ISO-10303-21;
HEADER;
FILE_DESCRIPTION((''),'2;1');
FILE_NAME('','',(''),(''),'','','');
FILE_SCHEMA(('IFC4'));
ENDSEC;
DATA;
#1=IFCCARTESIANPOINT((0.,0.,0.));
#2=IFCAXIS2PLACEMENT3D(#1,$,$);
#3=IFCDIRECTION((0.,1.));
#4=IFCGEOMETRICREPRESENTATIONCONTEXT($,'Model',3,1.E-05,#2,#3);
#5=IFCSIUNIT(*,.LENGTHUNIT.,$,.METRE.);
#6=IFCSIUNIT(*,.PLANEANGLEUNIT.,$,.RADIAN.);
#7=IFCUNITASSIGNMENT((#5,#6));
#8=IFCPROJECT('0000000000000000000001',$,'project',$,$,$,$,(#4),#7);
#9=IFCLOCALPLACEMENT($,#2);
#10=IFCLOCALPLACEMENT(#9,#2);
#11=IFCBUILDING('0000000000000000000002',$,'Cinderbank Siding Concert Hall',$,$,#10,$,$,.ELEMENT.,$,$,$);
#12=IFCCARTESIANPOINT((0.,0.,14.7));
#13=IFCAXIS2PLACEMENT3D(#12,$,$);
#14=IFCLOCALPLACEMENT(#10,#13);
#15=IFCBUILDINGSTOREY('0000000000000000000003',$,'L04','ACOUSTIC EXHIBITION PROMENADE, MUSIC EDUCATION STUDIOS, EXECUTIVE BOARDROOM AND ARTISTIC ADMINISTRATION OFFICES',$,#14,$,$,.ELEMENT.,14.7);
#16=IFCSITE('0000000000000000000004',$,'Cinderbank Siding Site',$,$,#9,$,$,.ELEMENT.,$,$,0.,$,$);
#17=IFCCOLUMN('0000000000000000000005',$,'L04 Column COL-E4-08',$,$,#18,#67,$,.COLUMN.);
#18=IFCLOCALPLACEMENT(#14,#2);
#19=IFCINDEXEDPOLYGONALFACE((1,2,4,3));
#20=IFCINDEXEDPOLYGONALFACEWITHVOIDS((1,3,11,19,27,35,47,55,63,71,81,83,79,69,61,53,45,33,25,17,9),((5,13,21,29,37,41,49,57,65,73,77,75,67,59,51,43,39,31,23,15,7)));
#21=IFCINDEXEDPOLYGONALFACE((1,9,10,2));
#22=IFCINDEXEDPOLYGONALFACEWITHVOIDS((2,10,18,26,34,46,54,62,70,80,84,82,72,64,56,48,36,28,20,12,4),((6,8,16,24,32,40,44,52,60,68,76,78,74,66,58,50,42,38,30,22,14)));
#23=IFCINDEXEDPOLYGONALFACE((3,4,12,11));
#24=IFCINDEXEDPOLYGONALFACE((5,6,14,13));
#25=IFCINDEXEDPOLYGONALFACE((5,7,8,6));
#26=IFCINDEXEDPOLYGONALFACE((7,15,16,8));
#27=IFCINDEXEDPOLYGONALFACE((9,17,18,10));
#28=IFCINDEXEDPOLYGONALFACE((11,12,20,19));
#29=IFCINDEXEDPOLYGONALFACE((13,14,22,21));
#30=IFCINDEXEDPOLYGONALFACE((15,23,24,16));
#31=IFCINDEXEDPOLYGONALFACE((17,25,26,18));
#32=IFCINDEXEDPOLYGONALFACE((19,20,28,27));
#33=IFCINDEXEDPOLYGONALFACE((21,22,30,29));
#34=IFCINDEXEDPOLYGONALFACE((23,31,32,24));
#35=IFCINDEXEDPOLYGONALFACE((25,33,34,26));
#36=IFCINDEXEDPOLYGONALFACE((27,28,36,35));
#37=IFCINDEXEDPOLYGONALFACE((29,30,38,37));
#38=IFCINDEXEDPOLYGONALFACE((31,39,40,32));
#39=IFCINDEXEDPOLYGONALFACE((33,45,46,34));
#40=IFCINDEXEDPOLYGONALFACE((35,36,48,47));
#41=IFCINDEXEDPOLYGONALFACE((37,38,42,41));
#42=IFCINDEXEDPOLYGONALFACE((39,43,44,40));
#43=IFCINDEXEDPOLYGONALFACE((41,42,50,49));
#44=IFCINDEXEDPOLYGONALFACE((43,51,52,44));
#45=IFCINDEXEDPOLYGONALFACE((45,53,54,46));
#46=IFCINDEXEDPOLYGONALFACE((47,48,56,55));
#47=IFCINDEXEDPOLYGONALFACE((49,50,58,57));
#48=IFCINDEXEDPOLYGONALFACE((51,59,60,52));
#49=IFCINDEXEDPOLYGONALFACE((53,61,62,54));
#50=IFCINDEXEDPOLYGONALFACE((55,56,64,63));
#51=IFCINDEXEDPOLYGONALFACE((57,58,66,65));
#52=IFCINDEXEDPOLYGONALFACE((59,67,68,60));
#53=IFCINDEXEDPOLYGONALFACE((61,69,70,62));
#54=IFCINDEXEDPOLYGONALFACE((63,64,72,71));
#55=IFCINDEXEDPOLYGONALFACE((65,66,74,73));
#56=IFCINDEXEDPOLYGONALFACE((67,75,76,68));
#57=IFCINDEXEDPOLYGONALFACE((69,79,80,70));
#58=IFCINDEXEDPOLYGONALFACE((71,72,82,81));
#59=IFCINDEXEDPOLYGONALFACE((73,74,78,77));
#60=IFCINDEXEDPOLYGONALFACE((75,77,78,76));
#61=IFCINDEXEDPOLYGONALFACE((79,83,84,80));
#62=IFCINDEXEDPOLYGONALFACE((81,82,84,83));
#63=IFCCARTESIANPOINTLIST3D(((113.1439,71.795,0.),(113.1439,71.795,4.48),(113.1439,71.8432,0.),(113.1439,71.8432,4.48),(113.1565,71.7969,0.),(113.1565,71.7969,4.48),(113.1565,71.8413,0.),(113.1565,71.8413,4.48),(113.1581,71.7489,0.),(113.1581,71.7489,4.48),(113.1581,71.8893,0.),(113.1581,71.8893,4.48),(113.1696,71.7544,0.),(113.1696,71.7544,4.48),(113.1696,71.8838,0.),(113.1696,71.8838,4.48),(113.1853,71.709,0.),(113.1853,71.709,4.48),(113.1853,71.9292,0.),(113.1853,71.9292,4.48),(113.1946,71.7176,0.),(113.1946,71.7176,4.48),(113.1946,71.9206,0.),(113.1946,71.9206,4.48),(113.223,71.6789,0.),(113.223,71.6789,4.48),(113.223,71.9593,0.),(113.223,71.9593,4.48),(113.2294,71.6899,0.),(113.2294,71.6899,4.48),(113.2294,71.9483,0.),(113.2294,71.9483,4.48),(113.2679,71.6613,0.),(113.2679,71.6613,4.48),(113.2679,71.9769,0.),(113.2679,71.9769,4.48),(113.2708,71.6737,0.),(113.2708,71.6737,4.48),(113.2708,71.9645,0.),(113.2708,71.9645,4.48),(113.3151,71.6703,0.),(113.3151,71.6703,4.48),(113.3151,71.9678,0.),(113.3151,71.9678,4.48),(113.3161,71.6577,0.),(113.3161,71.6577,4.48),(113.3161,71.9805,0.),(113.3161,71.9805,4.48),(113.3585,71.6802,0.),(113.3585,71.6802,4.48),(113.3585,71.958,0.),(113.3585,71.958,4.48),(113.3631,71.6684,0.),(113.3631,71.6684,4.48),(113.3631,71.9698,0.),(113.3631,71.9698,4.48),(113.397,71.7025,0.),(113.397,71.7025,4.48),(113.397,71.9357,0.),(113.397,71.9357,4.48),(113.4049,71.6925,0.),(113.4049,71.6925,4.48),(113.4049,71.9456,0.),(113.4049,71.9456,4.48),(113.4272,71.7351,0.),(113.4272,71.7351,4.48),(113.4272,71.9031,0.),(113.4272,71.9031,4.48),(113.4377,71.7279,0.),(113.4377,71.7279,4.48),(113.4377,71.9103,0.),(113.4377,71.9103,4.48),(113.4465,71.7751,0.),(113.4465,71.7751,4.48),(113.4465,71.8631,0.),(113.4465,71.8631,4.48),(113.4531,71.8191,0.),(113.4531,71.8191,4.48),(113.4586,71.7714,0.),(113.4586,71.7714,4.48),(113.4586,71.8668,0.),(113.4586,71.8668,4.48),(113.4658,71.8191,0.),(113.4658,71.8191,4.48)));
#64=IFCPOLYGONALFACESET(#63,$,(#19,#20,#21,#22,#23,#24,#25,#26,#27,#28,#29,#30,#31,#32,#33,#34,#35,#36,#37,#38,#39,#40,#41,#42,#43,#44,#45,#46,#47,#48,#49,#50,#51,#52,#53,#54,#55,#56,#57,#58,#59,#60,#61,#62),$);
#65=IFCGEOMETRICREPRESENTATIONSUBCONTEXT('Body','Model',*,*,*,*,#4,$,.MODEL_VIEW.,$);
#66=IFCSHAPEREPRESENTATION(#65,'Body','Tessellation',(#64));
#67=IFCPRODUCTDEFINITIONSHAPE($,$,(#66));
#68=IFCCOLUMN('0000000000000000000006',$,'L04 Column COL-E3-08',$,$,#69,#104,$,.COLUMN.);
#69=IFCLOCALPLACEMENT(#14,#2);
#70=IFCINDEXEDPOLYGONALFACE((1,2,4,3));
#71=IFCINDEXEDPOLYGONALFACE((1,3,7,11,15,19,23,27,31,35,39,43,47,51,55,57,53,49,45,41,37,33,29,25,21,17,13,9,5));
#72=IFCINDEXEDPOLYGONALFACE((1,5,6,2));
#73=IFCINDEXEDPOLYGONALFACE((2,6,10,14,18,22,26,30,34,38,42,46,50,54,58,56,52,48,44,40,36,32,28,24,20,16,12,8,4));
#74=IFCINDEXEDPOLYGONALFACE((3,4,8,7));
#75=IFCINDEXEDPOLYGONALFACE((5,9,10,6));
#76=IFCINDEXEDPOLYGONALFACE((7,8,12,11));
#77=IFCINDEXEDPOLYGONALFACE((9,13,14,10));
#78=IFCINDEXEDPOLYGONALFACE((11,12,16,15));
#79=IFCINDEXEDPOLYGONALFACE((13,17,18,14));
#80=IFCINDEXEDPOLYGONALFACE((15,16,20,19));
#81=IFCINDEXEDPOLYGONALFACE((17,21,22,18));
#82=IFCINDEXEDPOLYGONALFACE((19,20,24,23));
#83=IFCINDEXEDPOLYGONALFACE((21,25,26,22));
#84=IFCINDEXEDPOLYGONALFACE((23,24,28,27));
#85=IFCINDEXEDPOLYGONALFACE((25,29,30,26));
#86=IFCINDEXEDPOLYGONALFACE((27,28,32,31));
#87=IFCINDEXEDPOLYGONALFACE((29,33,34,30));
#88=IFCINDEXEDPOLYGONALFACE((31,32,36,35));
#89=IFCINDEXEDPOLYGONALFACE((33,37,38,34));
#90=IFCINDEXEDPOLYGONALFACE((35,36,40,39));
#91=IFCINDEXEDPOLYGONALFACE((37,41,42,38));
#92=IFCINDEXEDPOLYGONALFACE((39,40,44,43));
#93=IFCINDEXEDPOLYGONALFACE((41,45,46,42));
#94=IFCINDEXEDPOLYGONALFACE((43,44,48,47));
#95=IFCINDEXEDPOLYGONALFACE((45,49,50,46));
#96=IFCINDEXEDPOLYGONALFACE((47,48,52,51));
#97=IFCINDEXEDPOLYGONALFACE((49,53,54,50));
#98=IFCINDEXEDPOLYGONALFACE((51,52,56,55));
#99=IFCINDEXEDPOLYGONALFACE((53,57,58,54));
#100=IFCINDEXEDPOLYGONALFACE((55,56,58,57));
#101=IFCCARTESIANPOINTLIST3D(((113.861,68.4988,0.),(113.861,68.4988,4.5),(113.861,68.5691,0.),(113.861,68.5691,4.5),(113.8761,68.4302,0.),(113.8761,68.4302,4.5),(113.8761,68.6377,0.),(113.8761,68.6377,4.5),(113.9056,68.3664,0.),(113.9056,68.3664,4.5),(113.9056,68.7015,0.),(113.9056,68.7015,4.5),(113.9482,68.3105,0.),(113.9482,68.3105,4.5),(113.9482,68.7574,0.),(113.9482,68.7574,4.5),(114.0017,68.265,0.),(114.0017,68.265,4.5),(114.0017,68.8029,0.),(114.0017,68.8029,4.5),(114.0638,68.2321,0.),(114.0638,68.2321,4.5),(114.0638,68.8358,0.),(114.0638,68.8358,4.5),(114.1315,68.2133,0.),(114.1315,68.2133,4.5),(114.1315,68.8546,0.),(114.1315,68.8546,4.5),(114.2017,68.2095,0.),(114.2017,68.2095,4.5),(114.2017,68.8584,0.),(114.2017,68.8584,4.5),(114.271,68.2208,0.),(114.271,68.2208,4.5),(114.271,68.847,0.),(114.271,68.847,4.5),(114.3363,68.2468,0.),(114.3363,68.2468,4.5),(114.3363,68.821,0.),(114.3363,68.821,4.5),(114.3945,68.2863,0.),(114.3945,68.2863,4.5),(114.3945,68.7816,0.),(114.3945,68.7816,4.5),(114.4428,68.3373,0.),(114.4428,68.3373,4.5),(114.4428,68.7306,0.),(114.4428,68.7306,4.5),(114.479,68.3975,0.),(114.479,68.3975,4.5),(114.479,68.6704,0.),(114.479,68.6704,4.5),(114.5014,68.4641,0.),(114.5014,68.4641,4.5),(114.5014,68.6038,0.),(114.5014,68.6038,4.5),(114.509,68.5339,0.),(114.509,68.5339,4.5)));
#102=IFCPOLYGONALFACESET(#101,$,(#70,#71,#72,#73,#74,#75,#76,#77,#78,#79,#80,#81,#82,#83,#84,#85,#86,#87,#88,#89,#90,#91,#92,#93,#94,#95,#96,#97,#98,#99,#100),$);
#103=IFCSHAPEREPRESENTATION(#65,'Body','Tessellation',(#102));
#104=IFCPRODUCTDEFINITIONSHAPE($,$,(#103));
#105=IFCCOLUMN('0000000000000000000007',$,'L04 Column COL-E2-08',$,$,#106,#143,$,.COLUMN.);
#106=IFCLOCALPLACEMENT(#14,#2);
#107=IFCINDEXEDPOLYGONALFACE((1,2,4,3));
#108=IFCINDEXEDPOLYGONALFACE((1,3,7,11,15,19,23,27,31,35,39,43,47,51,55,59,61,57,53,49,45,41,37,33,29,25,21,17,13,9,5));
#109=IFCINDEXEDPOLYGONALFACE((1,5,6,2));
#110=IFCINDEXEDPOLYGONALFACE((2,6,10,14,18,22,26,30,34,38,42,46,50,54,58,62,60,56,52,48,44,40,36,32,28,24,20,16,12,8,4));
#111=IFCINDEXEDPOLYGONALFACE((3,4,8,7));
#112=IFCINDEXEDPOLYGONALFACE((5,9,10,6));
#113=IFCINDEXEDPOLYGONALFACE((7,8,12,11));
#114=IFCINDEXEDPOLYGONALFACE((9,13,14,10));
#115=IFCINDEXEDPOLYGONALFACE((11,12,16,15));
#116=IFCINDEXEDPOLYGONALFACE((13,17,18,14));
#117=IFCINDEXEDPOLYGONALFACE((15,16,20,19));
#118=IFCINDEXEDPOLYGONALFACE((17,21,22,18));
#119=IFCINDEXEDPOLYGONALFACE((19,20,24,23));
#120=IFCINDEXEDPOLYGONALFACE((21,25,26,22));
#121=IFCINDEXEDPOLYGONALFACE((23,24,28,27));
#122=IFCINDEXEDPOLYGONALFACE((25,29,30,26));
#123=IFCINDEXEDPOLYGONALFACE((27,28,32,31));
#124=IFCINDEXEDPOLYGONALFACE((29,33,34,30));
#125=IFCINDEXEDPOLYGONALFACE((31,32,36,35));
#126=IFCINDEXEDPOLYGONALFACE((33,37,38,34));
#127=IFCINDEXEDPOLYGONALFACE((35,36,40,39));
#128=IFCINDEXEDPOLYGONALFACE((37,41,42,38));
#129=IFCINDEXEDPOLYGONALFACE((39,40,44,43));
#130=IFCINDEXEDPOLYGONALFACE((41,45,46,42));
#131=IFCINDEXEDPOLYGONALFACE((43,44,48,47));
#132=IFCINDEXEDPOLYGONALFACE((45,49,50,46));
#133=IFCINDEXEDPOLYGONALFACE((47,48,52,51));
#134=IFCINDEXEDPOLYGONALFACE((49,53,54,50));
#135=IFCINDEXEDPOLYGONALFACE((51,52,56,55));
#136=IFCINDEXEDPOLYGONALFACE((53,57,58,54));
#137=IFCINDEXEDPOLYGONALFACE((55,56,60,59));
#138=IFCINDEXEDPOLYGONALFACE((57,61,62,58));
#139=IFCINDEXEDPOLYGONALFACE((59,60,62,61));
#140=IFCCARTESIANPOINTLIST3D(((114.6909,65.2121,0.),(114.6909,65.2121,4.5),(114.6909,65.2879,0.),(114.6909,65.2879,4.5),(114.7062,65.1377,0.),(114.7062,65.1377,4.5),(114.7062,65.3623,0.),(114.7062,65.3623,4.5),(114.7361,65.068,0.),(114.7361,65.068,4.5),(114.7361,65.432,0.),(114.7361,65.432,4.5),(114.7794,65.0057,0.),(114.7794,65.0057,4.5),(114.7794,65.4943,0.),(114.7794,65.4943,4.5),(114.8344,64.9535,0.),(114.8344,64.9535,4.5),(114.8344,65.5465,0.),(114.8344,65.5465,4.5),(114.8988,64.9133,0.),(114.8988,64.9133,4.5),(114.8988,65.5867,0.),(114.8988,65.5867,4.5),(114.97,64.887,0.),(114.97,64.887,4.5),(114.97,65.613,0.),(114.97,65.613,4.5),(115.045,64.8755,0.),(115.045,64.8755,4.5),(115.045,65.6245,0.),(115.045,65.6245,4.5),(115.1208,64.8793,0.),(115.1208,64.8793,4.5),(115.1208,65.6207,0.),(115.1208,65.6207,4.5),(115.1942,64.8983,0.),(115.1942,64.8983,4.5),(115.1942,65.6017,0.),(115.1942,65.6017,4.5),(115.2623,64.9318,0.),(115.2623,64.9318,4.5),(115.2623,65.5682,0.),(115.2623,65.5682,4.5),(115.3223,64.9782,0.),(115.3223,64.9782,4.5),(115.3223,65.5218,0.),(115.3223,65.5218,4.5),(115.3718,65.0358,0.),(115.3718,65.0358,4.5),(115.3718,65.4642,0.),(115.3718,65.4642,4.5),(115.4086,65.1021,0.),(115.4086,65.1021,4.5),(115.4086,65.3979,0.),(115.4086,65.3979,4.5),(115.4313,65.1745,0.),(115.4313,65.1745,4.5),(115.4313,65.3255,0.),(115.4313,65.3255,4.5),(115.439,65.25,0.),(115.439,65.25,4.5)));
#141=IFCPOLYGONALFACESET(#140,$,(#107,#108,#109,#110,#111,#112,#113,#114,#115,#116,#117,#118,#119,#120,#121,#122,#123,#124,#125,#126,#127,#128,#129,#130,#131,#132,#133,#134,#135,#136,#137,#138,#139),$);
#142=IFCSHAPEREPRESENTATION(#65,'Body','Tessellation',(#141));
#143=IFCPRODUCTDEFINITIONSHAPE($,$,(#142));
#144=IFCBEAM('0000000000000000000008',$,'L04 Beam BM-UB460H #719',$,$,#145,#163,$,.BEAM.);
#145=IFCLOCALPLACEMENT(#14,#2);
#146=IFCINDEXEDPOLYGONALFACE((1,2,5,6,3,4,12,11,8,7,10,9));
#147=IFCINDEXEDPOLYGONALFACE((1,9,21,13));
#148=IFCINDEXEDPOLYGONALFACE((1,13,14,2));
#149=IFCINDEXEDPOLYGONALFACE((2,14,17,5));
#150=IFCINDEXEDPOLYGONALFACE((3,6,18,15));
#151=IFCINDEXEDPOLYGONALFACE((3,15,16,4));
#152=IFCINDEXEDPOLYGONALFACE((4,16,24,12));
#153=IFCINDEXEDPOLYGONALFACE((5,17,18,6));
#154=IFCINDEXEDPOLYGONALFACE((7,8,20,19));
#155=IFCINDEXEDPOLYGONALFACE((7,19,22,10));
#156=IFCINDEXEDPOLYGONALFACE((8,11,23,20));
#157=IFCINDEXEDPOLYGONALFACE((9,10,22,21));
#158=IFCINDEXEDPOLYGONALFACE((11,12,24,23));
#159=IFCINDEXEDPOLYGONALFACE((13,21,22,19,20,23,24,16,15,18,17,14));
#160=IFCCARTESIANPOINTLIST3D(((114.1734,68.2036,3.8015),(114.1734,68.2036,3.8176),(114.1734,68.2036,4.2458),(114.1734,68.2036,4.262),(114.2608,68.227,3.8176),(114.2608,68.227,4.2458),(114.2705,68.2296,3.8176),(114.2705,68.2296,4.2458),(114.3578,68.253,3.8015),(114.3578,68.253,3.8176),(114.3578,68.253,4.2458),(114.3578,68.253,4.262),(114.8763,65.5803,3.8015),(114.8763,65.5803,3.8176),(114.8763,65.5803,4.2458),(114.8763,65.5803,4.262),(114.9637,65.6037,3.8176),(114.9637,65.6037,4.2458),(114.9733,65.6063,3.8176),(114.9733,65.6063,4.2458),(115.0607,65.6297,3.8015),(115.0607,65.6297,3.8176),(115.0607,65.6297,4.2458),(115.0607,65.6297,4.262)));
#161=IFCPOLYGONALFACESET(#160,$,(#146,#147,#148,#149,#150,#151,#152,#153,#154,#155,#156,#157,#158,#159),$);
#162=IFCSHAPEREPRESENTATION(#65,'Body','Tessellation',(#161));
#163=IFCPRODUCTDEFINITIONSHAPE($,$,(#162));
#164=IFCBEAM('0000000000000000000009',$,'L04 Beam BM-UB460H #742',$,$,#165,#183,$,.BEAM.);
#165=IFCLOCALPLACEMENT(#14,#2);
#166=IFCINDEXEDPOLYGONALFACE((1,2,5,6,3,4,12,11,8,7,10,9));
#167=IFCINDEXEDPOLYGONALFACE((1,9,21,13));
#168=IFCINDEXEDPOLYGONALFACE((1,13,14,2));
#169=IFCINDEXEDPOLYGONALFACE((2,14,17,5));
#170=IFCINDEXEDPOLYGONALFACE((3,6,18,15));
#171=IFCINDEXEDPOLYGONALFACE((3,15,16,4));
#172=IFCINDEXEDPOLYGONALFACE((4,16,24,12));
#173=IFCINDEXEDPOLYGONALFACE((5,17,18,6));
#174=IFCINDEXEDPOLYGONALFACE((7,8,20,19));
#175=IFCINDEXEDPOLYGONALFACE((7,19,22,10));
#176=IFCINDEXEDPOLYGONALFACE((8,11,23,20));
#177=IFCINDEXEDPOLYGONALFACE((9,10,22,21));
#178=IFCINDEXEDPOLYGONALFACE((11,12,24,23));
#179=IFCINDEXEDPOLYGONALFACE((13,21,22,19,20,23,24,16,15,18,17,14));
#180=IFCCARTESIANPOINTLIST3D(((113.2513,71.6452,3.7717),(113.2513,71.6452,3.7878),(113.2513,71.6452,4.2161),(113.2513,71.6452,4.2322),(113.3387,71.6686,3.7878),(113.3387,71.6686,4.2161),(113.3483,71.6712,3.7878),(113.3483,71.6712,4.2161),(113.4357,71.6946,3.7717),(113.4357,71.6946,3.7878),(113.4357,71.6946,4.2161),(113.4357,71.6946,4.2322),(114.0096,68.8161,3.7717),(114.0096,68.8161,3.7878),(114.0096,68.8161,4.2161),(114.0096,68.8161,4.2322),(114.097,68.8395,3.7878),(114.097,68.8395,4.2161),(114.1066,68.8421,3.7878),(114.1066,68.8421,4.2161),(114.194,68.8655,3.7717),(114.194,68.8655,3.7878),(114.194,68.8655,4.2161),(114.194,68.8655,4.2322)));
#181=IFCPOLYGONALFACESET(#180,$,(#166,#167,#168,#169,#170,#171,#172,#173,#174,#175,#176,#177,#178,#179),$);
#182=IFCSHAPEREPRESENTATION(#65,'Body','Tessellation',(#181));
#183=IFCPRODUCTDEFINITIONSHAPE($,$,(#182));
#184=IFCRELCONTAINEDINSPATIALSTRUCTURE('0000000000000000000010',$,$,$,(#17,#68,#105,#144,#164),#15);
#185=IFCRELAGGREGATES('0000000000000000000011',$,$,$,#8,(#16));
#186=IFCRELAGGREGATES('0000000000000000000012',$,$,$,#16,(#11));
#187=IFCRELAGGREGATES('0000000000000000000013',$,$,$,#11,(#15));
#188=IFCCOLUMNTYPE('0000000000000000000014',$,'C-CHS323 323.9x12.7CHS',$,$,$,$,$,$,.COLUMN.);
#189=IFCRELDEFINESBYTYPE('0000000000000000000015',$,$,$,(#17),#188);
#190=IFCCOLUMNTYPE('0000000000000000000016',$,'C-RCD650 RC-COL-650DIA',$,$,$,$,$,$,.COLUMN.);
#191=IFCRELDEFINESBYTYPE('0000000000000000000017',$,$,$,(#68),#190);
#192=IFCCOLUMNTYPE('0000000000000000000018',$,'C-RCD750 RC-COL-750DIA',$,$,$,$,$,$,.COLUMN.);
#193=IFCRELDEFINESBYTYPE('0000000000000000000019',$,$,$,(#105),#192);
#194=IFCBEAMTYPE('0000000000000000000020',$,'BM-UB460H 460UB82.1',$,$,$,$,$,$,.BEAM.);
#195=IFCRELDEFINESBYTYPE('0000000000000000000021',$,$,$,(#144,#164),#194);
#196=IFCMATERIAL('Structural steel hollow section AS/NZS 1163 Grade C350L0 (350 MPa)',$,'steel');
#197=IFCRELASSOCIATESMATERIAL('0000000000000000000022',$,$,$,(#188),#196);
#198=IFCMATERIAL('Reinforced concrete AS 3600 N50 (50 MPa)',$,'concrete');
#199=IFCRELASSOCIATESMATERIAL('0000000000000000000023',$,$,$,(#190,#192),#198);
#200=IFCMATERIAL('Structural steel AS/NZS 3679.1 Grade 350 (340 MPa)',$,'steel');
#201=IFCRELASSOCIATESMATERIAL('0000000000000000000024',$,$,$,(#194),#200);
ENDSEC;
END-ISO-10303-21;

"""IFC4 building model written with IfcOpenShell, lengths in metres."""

from ifc_helpers import new_model, si_unit, direction, frame, origin, origin_2d, place, context, subcontext, project, spatial, circle, hollow_circle, i_section, extrude, material, material_profile, profile_set, type_object, element, save


model = new_model("IFC4")

# Units and contexts
model_context = context("Model", 3, precision=1e-05, world=origin(), true_north=direction((0.0, 1.0)))
body_context = subcontext(model_context, "Body", "Model", "MODEL_VIEW")
ifc_project = project(units=[si_unit("LENGTHUNIT", "METRE"), si_unit("PLANEANGLEUNIT", "RADIAN")], contexts=[model_context])

# Site, building, storey
site_placement = place(None, origin())
site = spatial("IfcSite", under=ifc_project, at=site_placement, Name="Cinderbank Siding Site", CompositionType="ELEMENT", RefElevation=0.0)
building_placement = place(site_placement, origin())
building = spatial("IfcBuilding", under=site, at=building_placement, Name="Cinderbank Siding Concert Hall", CompositionType="ELEMENT")
storey_placement = place(building_placement, frame((0.0, 0.0, 14.7)))
storey = spatial("IfcBuildingStorey", under=building, at=storey_placement, Name="L04", Description="ACOUSTIC EXHIBITION PROMENADE, MUSIC EDUCATION STUDIOS, EXECUTIVE BOARDROOM AND ARTISTIC ADMINISTRATION OFFICES", CompositionType="ELEMENT", Elevation=14.7)

# Columns
ifc_material_1 = material(Name="Structural steel hollow section AS/NZS 1163 Grade C350L0 (350 MPa)", Category="steel")
ifc_material_profile_1 = material_profile(ifc_material_1, hollow_circle(Radius=0.1619, WallThickness=0.0127, at=origin_2d()), Name="323.9x12.7CHS", Category="LoadBearing")
ifc_profile_set_1 = profile_set([ifc_material_profile_1], Name="Structural steel hollow section AS/NZS 1163 Grade C350L0 (350 MPa)")
column_type_1 = type_object("IfcColumnType", Name="C-CHS323 323.9x12.7CHS", PredefinedType="COLUMN", material=ifc_profile_set_1)
column_1_placement = place(storey_placement, frame((113.304, 71.8191, 0.0), z_axis=(0.0, 0.0, 1.0), x_axis=(1.0, 0.0, 0.0)))
element("IfcColumn", 1, at=column_1_placement, inside=storey, type_object=column_type_1, Name="L04 Column COL-E4-08", PredefinedType="COLUMN", context=body_context, shape_type="SweptSolid", body=[
    extrude(hollow_circle(Radius=0.1619, WallThickness=0.0127, at=origin_2d()), origin(), (0.0, 0.0, 1.0), 4.48),
])
ifc_material_2 = material(Name="Reinforced concrete AS 3600 N50 (50 MPa)", Category="concrete")
ifc_material_profile_2 = material_profile(ifc_material_2, circle(Radius=0.325, at=origin_2d()), Name="RC-COL-650DIA", Category="LoadBearing")
ifc_profile_set_2 = profile_set([ifc_material_profile_2], Name="Reinforced concrete AS 3600 N50 (50 MPa)")
column_type_2 = type_object("IfcColumnType", Name="C-RCD650 RC-COL-650DIA", PredefinedType="COLUMN", material=ifc_profile_set_2)
column_2_placement = place(storey_placement, frame((114.1841, 68.5339, 0.0), z_axis=(0.0, 0.0, 1.0), x_axis=(1.0, 0.0, 0.0)))
element("IfcColumn", 2, at=column_2_placement, inside=storey, type_object=column_type_2, Name="L04 Column COL-E3-08", PredefinedType="COLUMN", context=body_context, shape_type="SweptSolid", body=[
    extrude(circle(Radius=0.325, at=origin_2d()), origin(), (0.0, 0.0, 1.0), 4.5),
])
ifc_material_profile_3 = material_profile(ifc_material_2, circle(Radius=0.375, at=origin_2d()), Name="RC-COL-750DIA", Category="LoadBearing")
ifc_profile_set_3 = profile_set([ifc_material_profile_3], Name="Reinforced concrete AS 3600 N50 (50 MPa)")
column_type_3 = type_object("IfcColumnType", Name="C-RCD750 RC-COL-750DIA", PredefinedType="COLUMN", material=ifc_profile_set_3)
column_3_placement = place(storey_placement, frame((115.064, 65.25, 0.0), z_axis=(0.0, 0.0, 1.0), x_axis=(1.0, 0.0, 0.0)))
element("IfcColumn", 3, at=column_3_placement, inside=storey, type_object=column_type_3, Name="L04 Column COL-E2-08", PredefinedType="COLUMN", context=body_context, shape_type="SweptSolid", body=[
    extrude(circle(Radius=0.375, at=origin_2d()), origin(), (0.0, 0.0, 1.0), 4.5),
])

# Beams
ifc_material_3 = material(Name="Structural steel AS/NZS 3679.1 Grade 350 (340 MPa)", Category="steel")
ifc_material_profile_4 = material_profile(ifc_material_3, i_section(OverallWidth=0.1909, OverallDepth=0.4604, WebThickness=0.01, FlangeThickness=0.0161, at=origin_2d()), Name="460UB82.1", Category="LoadBearing")
ifc_profile_set_4 = profile_set([ifc_material_profile_4], Name="Structural steel AS/NZS 3679.1 Grade 350 (340 MPa)")
beam_type_1 = type_object("IfcBeamType", Name="BM-UB460H 460UB82.1", PredefinedType="BEAM", material=ifc_profile_set_4)
beam_1_placement = place(storey_placement, frame((114.9685, 65.605, 4.0317), z_axis=(-0.258809, 0.965928, 0.0), x_axis=(-0.965928, -0.258809, 0.0)))
element("IfcBeam", 4, at=beam_1_placement, inside=storey, type_object=beam_type_1, Name="L04 Beam BM-UB460H #719", PredefinedType="BEAM", context=body_context, shape_type="SweptSolid", body=[
    extrude(i_section(OverallWidth=0.1909, OverallDepth=0.4604, WebThickness=0.01, FlangeThickness=0.0161, at=origin_2d()), origin(), (0.0, 0.0, 1.0), 2.7158),
])
beam_2_placement = place(storey_placement, frame((114.1018, 68.8408, 4.002), z_axis=(-0.258897, 0.965905, 0.0), x_axis=(-0.965905, -0.258897, 0.0)))
element("IfcBeam", 5, at=beam_2_placement, inside=storey, type_object=beam_type_1, Name="L04 Beam BM-UB460H #742", PredefinedType="BEAM", context=body_context, shape_type="SweptSolid", body=[
    extrude(i_section(OverallWidth=0.1909, OverallDepth=0.4604, WebThickness=0.01, FlangeThickness=0.0161, at=origin_2d()), origin(), (0.0, 0.0, 1.0), 2.929),
])

save(model, "model.ifc")
